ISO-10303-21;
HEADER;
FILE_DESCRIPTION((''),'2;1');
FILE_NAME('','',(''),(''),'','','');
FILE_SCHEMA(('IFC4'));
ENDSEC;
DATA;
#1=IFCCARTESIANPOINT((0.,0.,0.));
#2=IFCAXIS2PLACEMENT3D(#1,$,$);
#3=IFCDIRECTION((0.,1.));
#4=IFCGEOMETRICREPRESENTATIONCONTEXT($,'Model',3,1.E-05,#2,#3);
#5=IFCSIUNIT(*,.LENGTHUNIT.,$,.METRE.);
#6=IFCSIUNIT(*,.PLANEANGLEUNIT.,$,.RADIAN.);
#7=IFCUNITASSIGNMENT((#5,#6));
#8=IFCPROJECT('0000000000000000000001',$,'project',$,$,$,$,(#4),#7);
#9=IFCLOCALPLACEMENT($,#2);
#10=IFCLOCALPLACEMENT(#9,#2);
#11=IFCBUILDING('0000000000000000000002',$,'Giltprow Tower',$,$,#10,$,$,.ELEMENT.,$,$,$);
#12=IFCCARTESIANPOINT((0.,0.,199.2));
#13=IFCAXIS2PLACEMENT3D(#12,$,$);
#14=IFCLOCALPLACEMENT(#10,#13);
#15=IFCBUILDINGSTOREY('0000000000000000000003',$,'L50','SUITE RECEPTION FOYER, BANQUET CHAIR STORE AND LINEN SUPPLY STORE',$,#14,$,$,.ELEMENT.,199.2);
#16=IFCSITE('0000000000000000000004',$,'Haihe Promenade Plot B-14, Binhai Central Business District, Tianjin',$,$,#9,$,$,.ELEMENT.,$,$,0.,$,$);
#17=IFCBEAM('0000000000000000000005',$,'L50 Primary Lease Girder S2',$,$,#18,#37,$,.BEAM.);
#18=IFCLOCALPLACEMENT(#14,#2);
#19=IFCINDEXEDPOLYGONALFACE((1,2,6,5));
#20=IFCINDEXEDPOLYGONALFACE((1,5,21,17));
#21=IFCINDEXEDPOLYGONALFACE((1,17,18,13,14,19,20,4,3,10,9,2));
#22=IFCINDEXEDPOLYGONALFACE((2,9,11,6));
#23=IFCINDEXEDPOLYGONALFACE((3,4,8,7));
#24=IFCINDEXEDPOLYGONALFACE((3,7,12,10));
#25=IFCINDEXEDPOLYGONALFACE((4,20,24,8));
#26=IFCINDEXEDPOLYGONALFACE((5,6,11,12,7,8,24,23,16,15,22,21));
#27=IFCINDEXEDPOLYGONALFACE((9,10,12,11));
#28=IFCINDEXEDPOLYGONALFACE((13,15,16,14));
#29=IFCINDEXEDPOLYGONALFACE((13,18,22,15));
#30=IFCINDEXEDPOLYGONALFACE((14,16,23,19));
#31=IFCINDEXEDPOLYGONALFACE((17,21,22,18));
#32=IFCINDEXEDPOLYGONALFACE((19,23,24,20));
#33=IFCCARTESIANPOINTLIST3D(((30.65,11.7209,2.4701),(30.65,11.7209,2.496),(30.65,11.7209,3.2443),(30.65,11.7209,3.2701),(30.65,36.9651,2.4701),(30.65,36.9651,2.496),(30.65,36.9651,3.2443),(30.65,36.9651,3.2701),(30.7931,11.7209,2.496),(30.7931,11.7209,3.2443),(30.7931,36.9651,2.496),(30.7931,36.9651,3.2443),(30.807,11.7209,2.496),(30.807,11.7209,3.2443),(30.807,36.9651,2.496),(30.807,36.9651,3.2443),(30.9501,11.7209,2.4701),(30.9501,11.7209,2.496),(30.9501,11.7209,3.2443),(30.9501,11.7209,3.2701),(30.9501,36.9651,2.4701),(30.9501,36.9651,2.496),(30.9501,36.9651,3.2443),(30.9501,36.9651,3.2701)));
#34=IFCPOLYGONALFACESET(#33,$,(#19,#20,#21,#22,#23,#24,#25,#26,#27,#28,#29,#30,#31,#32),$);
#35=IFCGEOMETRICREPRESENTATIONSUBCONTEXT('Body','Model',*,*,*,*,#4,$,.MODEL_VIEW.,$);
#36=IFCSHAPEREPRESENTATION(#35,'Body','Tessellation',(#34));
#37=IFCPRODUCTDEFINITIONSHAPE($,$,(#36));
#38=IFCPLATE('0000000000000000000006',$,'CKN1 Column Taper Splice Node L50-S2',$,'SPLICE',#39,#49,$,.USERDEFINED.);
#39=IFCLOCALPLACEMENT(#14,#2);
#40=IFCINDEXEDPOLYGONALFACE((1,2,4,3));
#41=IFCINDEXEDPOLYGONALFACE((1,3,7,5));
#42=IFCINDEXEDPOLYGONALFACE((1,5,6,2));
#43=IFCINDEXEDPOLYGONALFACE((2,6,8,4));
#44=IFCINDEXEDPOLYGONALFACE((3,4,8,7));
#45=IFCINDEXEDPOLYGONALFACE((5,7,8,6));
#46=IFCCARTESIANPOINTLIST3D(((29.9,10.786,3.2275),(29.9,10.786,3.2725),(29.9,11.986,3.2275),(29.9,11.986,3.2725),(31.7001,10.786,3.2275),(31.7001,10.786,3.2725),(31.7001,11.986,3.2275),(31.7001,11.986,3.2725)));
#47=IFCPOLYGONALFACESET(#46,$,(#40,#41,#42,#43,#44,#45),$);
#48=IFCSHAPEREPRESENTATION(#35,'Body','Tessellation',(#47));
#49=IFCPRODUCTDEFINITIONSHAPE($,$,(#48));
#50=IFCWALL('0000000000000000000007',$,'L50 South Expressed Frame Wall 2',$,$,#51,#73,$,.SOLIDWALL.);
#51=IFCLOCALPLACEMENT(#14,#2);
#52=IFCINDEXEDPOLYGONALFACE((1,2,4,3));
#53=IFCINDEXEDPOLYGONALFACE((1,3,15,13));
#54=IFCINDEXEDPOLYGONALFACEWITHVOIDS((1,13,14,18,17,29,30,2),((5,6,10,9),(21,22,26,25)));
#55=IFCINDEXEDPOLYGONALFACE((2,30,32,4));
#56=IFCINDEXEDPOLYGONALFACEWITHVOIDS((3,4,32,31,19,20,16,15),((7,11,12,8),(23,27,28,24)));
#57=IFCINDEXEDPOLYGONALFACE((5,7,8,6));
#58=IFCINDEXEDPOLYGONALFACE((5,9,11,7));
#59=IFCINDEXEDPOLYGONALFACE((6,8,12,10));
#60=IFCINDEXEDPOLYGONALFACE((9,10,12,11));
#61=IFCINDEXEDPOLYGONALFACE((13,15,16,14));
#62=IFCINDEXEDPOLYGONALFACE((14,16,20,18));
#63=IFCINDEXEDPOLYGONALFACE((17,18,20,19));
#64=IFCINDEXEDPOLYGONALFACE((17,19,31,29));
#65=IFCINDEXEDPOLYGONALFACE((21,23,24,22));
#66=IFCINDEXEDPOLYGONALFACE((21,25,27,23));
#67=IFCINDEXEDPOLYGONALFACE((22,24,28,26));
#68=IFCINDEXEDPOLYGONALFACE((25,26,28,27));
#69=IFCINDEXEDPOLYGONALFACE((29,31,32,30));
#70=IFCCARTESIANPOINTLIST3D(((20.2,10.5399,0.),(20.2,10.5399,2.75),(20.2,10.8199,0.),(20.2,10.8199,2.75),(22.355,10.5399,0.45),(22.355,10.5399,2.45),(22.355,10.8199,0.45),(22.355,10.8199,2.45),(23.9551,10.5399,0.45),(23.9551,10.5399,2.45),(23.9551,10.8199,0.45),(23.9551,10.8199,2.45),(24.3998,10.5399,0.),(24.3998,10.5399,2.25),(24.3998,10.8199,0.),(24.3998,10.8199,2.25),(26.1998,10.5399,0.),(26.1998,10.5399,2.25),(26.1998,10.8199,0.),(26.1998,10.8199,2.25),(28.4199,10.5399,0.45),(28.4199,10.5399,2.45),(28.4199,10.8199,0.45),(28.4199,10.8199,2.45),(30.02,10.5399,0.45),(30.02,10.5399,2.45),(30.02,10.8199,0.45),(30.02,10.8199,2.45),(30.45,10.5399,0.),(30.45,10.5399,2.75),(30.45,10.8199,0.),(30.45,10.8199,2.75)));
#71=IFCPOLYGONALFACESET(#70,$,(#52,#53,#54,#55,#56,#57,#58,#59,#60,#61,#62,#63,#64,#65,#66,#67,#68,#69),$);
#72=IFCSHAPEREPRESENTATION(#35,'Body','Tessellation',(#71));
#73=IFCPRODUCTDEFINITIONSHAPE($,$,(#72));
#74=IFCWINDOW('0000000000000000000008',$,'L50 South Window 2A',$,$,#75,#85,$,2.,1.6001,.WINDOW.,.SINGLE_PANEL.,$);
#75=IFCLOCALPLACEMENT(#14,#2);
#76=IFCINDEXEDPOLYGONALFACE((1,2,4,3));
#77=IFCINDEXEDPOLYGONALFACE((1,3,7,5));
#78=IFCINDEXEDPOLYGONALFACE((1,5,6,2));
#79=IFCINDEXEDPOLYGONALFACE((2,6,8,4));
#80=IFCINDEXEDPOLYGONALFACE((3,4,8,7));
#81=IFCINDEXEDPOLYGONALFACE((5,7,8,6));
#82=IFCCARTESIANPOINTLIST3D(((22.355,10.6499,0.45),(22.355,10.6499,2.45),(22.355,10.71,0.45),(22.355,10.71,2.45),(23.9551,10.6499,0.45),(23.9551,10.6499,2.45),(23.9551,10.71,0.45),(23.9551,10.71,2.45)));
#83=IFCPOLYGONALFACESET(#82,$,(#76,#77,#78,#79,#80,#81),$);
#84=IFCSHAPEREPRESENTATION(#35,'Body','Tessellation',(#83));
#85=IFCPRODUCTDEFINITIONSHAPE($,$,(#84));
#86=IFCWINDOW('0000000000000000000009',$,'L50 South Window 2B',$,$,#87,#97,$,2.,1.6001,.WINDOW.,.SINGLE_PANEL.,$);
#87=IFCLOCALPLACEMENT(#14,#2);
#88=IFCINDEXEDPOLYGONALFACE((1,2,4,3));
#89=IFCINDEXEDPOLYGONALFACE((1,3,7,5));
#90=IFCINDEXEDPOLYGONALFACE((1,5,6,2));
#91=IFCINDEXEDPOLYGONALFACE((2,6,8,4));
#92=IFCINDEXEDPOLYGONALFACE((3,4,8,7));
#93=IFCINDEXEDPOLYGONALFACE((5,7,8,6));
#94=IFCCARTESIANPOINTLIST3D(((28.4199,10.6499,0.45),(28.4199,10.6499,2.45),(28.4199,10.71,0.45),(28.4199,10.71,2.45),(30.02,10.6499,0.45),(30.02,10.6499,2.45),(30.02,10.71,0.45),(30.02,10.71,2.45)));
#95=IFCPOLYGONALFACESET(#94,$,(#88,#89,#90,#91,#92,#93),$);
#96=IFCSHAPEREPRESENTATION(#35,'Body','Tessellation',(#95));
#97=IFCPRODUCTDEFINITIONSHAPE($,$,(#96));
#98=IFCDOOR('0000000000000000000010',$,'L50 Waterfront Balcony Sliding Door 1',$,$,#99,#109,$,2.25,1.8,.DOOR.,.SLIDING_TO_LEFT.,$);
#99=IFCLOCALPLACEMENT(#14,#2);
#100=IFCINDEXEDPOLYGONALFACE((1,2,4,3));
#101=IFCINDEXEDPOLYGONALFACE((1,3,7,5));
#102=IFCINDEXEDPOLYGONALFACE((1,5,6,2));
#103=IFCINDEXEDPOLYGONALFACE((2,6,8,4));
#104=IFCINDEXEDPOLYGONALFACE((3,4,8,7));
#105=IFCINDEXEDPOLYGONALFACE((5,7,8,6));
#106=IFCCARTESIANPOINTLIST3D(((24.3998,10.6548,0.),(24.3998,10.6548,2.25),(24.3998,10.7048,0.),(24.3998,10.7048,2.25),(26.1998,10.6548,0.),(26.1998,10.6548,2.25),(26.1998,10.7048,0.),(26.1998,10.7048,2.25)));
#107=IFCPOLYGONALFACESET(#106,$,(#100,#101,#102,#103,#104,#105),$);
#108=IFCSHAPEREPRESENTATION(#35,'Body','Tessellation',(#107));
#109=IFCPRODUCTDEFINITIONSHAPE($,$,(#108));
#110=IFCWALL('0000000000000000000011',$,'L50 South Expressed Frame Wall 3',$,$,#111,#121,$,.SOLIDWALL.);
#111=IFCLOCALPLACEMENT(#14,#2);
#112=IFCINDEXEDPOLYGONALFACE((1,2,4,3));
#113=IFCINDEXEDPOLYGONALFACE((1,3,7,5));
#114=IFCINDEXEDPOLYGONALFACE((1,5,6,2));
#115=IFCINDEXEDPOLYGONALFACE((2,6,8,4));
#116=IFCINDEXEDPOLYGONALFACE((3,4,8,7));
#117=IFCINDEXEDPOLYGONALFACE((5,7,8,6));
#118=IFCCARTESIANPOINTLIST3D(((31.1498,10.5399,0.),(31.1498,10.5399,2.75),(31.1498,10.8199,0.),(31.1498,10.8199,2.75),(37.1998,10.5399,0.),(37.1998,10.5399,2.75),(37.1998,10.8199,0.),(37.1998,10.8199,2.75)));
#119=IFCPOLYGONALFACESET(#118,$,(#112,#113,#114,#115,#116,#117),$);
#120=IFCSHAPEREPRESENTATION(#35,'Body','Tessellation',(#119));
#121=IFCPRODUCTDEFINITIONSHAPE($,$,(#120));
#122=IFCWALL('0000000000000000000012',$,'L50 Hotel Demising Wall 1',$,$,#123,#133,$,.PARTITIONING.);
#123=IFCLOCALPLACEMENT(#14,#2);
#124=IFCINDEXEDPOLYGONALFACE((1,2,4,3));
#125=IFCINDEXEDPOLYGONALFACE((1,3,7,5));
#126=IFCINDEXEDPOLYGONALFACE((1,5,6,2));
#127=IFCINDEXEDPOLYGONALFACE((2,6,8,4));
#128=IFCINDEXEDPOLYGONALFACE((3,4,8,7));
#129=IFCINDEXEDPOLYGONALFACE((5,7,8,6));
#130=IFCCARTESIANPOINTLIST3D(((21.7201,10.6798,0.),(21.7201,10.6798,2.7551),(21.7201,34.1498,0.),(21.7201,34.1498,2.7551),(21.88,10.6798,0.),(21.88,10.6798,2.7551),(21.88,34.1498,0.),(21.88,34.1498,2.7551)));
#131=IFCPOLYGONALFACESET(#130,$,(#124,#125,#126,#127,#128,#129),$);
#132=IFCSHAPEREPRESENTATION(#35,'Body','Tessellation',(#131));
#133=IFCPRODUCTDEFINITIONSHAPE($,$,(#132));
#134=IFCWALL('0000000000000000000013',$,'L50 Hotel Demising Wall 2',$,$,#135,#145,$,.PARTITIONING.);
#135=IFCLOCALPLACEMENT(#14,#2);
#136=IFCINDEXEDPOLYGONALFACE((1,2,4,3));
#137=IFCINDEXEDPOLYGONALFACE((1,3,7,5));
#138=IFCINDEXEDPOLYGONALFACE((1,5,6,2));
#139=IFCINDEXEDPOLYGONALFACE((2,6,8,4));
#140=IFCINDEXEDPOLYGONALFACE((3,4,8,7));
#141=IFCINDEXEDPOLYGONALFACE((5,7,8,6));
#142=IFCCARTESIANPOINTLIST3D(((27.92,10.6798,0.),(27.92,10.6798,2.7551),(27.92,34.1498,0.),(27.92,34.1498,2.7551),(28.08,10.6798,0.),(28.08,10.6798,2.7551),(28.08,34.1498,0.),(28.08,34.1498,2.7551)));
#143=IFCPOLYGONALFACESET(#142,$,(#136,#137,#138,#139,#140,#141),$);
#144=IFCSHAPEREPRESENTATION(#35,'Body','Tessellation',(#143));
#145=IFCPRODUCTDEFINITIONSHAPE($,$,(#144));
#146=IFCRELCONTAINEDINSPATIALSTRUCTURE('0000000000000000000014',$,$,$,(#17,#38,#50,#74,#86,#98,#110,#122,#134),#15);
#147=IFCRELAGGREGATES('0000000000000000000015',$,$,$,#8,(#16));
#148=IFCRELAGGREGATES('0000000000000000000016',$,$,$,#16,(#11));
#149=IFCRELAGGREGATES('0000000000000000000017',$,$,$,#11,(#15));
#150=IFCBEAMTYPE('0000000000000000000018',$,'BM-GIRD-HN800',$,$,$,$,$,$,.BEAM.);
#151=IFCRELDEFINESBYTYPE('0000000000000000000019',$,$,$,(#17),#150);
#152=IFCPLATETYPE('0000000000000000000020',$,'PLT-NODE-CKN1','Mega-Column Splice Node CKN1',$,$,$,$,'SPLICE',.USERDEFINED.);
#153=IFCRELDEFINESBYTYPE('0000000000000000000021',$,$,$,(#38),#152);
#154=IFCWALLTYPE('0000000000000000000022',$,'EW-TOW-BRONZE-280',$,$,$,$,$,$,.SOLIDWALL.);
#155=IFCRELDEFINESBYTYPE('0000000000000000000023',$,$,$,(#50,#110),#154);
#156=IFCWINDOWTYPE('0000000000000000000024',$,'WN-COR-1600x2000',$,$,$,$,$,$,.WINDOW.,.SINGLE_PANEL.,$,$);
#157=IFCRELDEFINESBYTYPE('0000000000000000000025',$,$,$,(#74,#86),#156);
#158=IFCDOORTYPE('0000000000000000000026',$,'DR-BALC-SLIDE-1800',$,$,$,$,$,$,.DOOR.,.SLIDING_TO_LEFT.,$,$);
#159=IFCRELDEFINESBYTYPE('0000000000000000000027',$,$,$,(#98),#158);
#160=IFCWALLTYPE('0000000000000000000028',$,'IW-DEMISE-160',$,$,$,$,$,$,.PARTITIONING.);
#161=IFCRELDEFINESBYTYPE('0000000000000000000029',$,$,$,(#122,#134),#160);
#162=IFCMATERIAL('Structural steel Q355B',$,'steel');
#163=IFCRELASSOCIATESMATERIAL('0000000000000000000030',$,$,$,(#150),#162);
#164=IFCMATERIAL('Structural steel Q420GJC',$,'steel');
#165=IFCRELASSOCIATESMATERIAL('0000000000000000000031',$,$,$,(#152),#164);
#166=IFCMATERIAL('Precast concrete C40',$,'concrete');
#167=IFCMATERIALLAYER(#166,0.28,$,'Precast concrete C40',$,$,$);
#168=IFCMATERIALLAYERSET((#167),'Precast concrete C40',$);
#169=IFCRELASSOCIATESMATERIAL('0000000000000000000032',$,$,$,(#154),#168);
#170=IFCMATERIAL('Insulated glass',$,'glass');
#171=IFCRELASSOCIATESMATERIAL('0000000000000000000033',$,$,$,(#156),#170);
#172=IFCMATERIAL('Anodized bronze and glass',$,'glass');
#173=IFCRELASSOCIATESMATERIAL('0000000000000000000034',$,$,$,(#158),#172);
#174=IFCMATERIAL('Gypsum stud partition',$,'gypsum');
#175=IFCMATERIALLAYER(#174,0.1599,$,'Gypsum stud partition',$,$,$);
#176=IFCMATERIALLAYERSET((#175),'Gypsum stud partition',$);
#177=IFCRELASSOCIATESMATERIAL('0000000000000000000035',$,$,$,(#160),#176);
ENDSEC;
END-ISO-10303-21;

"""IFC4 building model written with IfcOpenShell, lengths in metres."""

from ifc_helpers import new_model, si_unit, direction, frame, frame_2d, origin, origin_2d, place, context, subcontext, project, spatial, rectangle, i_section, extrude, source, transform, mapped, material, layer, layer_set, material_profile, profile_set, type_object, element, fill, save


model = new_model("IFC4")

# Units and contexts
model_context = context("Model", 3, precision=1e-05, world=origin(), true_north=direction((0.0, 1.0)))
body_context = subcontext(model_context, "Body", "Model", "MODEL_VIEW")
ifc_project = project(units=[si_unit("LENGTHUNIT", "METRE"), si_unit("PLANEANGLEUNIT", "RADIAN")], contexts=[model_context])

# Site, building, storey
site_placement = place(None, origin())
site = spatial("IfcSite", under=ifc_project, at=site_placement, Name="Haihe Promenade Plot B-14, Binhai Central Business District, Tianjin", CompositionType="ELEMENT", RefElevation=0.0)
building_placement = place(site_placement, origin())
building = spatial("IfcBuilding", under=site, at=building_placement, Name="Giltprow Tower", CompositionType="ELEMENT")
storey_placement = place(building_placement, frame((0.0, 0.0, 199.2)))
storey = spatial("IfcBuildingStorey", under=building, at=storey_placement, Name="L50", Description="SUITE RECEPTION FOYER, BANQUET CHAIR STORE AND LINEN SUPPLY STORE", CompositionType="ELEMENT", Elevation=199.2)

# Shared definitions
ifc_material_1 = material(Name="Structural steel Q420GJC", Category="steel")

# Beam
ifc_material_2 = material(Name="Structural steel Q355B", Category="steel")
ifc_material_profile_1 = material_profile(ifc_material_2, i_section(OverallWidth=0.3, OverallDepth=0.8, WebThickness=0.0139, FlangeThickness=0.0259, at=origin_2d()), Name="HN 800x300x14x26")
ifc_profile_set_1 = profile_set([ifc_material_profile_1], Name="Structural steel Q355B")
beam_type_1 = type_object("IfcBeamType", Name="BM-GIRD-HN800", PredefinedType="BEAM", material=ifc_profile_set_1)
shared_shape_1 = source(origin(), body_context, "Body", "SweptSolid", [
    extrude(i_section(OverallWidth=0.3, OverallDepth=0.8, WebThickness=0.0139, FlangeThickness=0.0259, at=origin_2d()), origin(), (0.0, 0.0, 1.0), 25.2441),
])
for number, where, z_axis, x_axis, name in (
    (1, (30.8, 11.7209, 2.8701), (0.0, 1.0, 0.0), (-1.0, 0.0, 0.0), "L50 Primary Lease Girder S2"),
):
    element("IfcBeam", number, at=place(storey_placement, frame(where, z_axis=z_axis, x_axis=x_axis)), inside=storey, type_object=beam_type_1, Name=name, PredefinedType="BEAM", context=body_context, shape_type="MappedRepresentation", body=[
        mapped(shared_shape_1, transform((0.0, 0.0, 0.0), x_axis=(1.0, 0.0, 0.0), y_axis=(0.0, 1.0, 0.0), z_axis=(0.0, 0.0, 1.0), scale=1.0)),
    ])

# Plate
plate_type = type_object("IfcPlateType", Name="PLT-NODE-CKN1", Description="Mega-Column Splice Node CKN1", ElementType="SPLICE", PredefinedType="USERDEFINED", material=ifc_material_1)
shared_shape_2 = source(origin(), body_context, "Body", "SweptSolid", [
    extrude(rectangle(XDim=1.8, YDim=1.2, at=origin_2d()), origin(), (0.0, 0.0, 1.0), 0.0449),
])
plate_placement = place(storey_placement, frame((30.8, 11.386, 3.2275), z_axis=(0.0, 0.0, 1.0), x_axis=(1.0, 0.0, 0.0)))
element("IfcPlate", 2, at=plate_placement, inside=storey, type_object=plate_type, Name="CKN1 Column Taper Splice Node L50-S2", ObjectType="SPLICE", PredefinedType="USERDEFINED", context=body_context, shape_type="MappedRepresentation", body=[
    mapped(shared_shape_2, transform((0.0, 0.0, 0.0), x_axis=(1.0, 0.0, 0.0), y_axis=(0.0, 1.0, 0.0), z_axis=(0.0, 0.0, 1.0), scale=1.0)),
])

# Wall, openings, windows, door
ifc_material_3 = material(Name="Precast concrete C40", Category="concrete")
ifc_layer_1 = layer(ifc_material_3, 0.28, Name="Precast concrete C40")
ifc_layer_set_1 = layer_set([ifc_layer_1], Name="Precast concrete C40")
wall_type_1 = type_object("IfcWallType", Name="EW-TOW-BRONZE-280", PredefinedType="SOLIDWALL", material=ifc_layer_set_1)
wall_1_placement = place(storey_placement, frame((20.2, 10.6799, 0.0), z_axis=(0.0, 0.0, 1.0), x_axis=(1.0, 0.0, 0.0)))
wall_1 = element("IfcWall", 3, at=wall_1_placement, inside=storey, type_object=wall_type_1, Name="L50 South Expressed Frame Wall 2", PredefinedType="SOLIDWALL", context=body_context, shape_type="SweptSolid", body=[
    extrude(rectangle(XDim=10.25, YDim=0.28, at=frame_2d((5.125, 0.0))), origin(), (0.0, 0.0, 1.0), 2.75),
])
opening_1_placement = place(wall_1_placement, frame((4.2, 0.0, 0.0)))
opening_1 = element("IfcOpeningElement", 4, at=opening_1_placement, cuts=wall_1, PredefinedType="OPENING", context=body_context, shape_type="SweptSolid", body=[
    extrude(rectangle(XDim=1.8, YDim=2.25, at=frame_2d((0.8999, 1.125))), frame((0.0, 0.1499, 0.0), z_axis=(0.0, -1.0, 0.0), x_axis=(1.0, 0.0, 0.0)), (0.0, 0.0, 1.0), 0.3),
])
opening_2_placement = place(wall_1_placement, frame((2.155, 0.0, 0.45)))
opening_2 = element("IfcOpeningElement", 5, at=opening_2_placement, cuts=wall_1, PredefinedType="OPENING", context=body_context, shape_type="SweptSolid", body=[
    extrude(rectangle(XDim=1.6001, YDim=2.0, at=frame_2d((0.8, 1.0))), frame((0.0, 0.1499, 0.0), z_axis=(0.0, -1.0, 0.0), x_axis=(1.0, 0.0, 0.0)), (0.0, 0.0, 1.0), 0.3),
])
opening_3_placement = place(wall_1_placement, frame((8.22, 0.0, 0.45)))
opening_3 = element("IfcOpeningElement", 6, at=opening_3_placement, cuts=wall_1, PredefinedType="OPENING", context=body_context, shape_type="SweptSolid", body=[
    extrude(rectangle(XDim=1.6001, YDim=2.0, at=frame_2d((0.8, 1.0))), frame((0.0, 0.1499, 0.0), z_axis=(0.0, -1.0, 0.0), x_axis=(1.0, 0.0, 0.0)), (0.0, 0.0, 1.0), 0.3),
])
ifc_material_4 = material(Name="Insulated glass", Category="glass")
window_type = type_object("IfcWindowType", Name="WN-COR-1600x2000", PartitioningType="SINGLE_PANEL", PredefinedType="WINDOW", material=ifc_material_4)
shared_shape_3 = source(origin(), body_context, "Body", "SweptSolid", [
    extrude(rectangle(XDim=1.6001, YDim=2.0, at=frame_2d((0.8, 1.0))), frame((0.0, 0.03, 0.0), z_axis=(0.0, -1.0, 0.0), x_axis=(1.0, 0.0, 0.0)), (0.0, 0.0, 1.0), 0.0601),
])
window_1_placement = place(opening_2_placement, origin())
window_1 = element("IfcWindow", 7, at=window_1_placement, inside=storey, type_object=window_type, Name="L50 South Window 2A", OverallHeight=2.0, OverallWidth=1.6001, PartitioningType="SINGLE_PANEL", PredefinedType="WINDOW", context=body_context, shape_type="MappedRepresentation", body=[
    mapped(shared_shape_3, transform((0.0, 0.0, 0.0), x_axis=(1.0, 0.0, 0.0), y_axis=(0.0, 1.0, 0.0), z_axis=(0.0, 0.0, 1.0), scale=1.0)),
])
fill(opening_2, window_1)
window_2_placement = place(opening_3_placement, origin())
window_2 = element("IfcWindow", 8, at=window_2_placement, inside=storey, type_object=window_type, Name="L50 South Window 2B", OverallHeight=2.0, OverallWidth=1.6001, PartitioningType="SINGLE_PANEL", PredefinedType="WINDOW", context=body_context, shape_type="MappedRepresentation", body=[
    mapped(shared_shape_3, transform((0.0, 0.0, 0.0), x_axis=(1.0, 0.0, 0.0), y_axis=(0.0, 1.0, 0.0), z_axis=(0.0, 0.0, 1.0), scale=1.0)),
])
fill(opening_3, window_2)
ifc_material_5 = material(Name="Anodized bronze and glass", Category="glass")
door_type = type_object("IfcDoorType", Name="DR-BALC-SLIDE-1800", OperationType="SLIDING_TO_LEFT", PredefinedType="DOOR", material=ifc_material_5)
shared_shape_4 = source(origin(), body_context, "Body", "SweptSolid", [
    extrude(rectangle(XDim=1.8, YDim=2.25, at=frame_2d((0.8999, 1.125))), frame((0.0, 0.0249, 0.0), z_axis=(0.0, -1.0, 0.0), x_axis=(1.0, 0.0, 0.0)), (0.0, 0.0, 1.0), 0.05),
])
door_placement = place(opening_1_placement, origin())
door = element("IfcDoor", 9, at=door_placement, inside=storey, type_object=door_type, Name="L50 Waterfront Balcony Sliding Door 1", OperationType="SLIDING_TO_LEFT", OverallHeight=2.25, OverallWidth=1.8, PredefinedType="DOOR", context=body_context, shape_type="MappedRepresentation", body=[
    mapped(shared_shape_4, transform((0.0, 0.0, 0.0), x_axis=(1.0, 0.0, 0.0), y_axis=(0.0, 1.0, 0.0), z_axis=(0.0, 0.0, 1.0), scale=1.0)),
])
fill(opening_1, door)

# Walls
wall_2_placement = place(storey_placement, frame((31.1499, 10.6799, 0.0), z_axis=(0.0, 0.0, 1.0), x_axis=(1.0, 0.0, 0.0)))
element("IfcWall", 10, at=wall_2_placement, inside=storey, type_object=wall_type_1, Name="L50 South Expressed Frame Wall 3", PredefinedType="SOLIDWALL", context=body_context, shape_type="SweptSolid", body=[
    extrude(rectangle(XDim=6.05, YDim=0.28, at=frame_2d((3.0249, 0.0))), origin(), (0.0, 0.0, 1.0), 2.75),
])
ifc_material_6 = material(Name="Gypsum stud partition", Category="gypsum")
ifc_layer_2 = layer(ifc_material_6, 0.1599, Name="Gypsum stud partition")
ifc_layer_set_2 = layer_set([ifc_layer_2], Name="Gypsum stud partition")
wall_type_2 = type_object("IfcWallType", Name="IW-DEMISE-160", PredefinedType="PARTITIONING", material=ifc_layer_set_2)
for number, where, z_axis, x_axis, name in (
    (11, (21.8, 10.6799, 0.0), (0.0, 0.0, 1.0), (0.0, 1.0, 0.0), "L50 Hotel Demising Wall 1"),
    (12, (28.0, 10.6799, 0.0), (0.0, 0.0, 1.0), (0.0, 1.0, 0.0), "L50 Hotel Demising Wall 2"),
):
    element("IfcWall", number, at=place(storey_placement, frame(where, z_axis=z_axis, x_axis=x_axis)), inside=storey, type_object=wall_type_2, Name=name, PredefinedType="PARTITIONING", context=body_context, shape_type="SweptSolid", body=[
        extrude(rectangle(XDim=23.47, YDim=0.1599, at=frame_2d((11.7349, 0.0))), origin(), (0.0, 0.0, 1.0), 2.7551),
    ])

save(model, "model.ifc")
